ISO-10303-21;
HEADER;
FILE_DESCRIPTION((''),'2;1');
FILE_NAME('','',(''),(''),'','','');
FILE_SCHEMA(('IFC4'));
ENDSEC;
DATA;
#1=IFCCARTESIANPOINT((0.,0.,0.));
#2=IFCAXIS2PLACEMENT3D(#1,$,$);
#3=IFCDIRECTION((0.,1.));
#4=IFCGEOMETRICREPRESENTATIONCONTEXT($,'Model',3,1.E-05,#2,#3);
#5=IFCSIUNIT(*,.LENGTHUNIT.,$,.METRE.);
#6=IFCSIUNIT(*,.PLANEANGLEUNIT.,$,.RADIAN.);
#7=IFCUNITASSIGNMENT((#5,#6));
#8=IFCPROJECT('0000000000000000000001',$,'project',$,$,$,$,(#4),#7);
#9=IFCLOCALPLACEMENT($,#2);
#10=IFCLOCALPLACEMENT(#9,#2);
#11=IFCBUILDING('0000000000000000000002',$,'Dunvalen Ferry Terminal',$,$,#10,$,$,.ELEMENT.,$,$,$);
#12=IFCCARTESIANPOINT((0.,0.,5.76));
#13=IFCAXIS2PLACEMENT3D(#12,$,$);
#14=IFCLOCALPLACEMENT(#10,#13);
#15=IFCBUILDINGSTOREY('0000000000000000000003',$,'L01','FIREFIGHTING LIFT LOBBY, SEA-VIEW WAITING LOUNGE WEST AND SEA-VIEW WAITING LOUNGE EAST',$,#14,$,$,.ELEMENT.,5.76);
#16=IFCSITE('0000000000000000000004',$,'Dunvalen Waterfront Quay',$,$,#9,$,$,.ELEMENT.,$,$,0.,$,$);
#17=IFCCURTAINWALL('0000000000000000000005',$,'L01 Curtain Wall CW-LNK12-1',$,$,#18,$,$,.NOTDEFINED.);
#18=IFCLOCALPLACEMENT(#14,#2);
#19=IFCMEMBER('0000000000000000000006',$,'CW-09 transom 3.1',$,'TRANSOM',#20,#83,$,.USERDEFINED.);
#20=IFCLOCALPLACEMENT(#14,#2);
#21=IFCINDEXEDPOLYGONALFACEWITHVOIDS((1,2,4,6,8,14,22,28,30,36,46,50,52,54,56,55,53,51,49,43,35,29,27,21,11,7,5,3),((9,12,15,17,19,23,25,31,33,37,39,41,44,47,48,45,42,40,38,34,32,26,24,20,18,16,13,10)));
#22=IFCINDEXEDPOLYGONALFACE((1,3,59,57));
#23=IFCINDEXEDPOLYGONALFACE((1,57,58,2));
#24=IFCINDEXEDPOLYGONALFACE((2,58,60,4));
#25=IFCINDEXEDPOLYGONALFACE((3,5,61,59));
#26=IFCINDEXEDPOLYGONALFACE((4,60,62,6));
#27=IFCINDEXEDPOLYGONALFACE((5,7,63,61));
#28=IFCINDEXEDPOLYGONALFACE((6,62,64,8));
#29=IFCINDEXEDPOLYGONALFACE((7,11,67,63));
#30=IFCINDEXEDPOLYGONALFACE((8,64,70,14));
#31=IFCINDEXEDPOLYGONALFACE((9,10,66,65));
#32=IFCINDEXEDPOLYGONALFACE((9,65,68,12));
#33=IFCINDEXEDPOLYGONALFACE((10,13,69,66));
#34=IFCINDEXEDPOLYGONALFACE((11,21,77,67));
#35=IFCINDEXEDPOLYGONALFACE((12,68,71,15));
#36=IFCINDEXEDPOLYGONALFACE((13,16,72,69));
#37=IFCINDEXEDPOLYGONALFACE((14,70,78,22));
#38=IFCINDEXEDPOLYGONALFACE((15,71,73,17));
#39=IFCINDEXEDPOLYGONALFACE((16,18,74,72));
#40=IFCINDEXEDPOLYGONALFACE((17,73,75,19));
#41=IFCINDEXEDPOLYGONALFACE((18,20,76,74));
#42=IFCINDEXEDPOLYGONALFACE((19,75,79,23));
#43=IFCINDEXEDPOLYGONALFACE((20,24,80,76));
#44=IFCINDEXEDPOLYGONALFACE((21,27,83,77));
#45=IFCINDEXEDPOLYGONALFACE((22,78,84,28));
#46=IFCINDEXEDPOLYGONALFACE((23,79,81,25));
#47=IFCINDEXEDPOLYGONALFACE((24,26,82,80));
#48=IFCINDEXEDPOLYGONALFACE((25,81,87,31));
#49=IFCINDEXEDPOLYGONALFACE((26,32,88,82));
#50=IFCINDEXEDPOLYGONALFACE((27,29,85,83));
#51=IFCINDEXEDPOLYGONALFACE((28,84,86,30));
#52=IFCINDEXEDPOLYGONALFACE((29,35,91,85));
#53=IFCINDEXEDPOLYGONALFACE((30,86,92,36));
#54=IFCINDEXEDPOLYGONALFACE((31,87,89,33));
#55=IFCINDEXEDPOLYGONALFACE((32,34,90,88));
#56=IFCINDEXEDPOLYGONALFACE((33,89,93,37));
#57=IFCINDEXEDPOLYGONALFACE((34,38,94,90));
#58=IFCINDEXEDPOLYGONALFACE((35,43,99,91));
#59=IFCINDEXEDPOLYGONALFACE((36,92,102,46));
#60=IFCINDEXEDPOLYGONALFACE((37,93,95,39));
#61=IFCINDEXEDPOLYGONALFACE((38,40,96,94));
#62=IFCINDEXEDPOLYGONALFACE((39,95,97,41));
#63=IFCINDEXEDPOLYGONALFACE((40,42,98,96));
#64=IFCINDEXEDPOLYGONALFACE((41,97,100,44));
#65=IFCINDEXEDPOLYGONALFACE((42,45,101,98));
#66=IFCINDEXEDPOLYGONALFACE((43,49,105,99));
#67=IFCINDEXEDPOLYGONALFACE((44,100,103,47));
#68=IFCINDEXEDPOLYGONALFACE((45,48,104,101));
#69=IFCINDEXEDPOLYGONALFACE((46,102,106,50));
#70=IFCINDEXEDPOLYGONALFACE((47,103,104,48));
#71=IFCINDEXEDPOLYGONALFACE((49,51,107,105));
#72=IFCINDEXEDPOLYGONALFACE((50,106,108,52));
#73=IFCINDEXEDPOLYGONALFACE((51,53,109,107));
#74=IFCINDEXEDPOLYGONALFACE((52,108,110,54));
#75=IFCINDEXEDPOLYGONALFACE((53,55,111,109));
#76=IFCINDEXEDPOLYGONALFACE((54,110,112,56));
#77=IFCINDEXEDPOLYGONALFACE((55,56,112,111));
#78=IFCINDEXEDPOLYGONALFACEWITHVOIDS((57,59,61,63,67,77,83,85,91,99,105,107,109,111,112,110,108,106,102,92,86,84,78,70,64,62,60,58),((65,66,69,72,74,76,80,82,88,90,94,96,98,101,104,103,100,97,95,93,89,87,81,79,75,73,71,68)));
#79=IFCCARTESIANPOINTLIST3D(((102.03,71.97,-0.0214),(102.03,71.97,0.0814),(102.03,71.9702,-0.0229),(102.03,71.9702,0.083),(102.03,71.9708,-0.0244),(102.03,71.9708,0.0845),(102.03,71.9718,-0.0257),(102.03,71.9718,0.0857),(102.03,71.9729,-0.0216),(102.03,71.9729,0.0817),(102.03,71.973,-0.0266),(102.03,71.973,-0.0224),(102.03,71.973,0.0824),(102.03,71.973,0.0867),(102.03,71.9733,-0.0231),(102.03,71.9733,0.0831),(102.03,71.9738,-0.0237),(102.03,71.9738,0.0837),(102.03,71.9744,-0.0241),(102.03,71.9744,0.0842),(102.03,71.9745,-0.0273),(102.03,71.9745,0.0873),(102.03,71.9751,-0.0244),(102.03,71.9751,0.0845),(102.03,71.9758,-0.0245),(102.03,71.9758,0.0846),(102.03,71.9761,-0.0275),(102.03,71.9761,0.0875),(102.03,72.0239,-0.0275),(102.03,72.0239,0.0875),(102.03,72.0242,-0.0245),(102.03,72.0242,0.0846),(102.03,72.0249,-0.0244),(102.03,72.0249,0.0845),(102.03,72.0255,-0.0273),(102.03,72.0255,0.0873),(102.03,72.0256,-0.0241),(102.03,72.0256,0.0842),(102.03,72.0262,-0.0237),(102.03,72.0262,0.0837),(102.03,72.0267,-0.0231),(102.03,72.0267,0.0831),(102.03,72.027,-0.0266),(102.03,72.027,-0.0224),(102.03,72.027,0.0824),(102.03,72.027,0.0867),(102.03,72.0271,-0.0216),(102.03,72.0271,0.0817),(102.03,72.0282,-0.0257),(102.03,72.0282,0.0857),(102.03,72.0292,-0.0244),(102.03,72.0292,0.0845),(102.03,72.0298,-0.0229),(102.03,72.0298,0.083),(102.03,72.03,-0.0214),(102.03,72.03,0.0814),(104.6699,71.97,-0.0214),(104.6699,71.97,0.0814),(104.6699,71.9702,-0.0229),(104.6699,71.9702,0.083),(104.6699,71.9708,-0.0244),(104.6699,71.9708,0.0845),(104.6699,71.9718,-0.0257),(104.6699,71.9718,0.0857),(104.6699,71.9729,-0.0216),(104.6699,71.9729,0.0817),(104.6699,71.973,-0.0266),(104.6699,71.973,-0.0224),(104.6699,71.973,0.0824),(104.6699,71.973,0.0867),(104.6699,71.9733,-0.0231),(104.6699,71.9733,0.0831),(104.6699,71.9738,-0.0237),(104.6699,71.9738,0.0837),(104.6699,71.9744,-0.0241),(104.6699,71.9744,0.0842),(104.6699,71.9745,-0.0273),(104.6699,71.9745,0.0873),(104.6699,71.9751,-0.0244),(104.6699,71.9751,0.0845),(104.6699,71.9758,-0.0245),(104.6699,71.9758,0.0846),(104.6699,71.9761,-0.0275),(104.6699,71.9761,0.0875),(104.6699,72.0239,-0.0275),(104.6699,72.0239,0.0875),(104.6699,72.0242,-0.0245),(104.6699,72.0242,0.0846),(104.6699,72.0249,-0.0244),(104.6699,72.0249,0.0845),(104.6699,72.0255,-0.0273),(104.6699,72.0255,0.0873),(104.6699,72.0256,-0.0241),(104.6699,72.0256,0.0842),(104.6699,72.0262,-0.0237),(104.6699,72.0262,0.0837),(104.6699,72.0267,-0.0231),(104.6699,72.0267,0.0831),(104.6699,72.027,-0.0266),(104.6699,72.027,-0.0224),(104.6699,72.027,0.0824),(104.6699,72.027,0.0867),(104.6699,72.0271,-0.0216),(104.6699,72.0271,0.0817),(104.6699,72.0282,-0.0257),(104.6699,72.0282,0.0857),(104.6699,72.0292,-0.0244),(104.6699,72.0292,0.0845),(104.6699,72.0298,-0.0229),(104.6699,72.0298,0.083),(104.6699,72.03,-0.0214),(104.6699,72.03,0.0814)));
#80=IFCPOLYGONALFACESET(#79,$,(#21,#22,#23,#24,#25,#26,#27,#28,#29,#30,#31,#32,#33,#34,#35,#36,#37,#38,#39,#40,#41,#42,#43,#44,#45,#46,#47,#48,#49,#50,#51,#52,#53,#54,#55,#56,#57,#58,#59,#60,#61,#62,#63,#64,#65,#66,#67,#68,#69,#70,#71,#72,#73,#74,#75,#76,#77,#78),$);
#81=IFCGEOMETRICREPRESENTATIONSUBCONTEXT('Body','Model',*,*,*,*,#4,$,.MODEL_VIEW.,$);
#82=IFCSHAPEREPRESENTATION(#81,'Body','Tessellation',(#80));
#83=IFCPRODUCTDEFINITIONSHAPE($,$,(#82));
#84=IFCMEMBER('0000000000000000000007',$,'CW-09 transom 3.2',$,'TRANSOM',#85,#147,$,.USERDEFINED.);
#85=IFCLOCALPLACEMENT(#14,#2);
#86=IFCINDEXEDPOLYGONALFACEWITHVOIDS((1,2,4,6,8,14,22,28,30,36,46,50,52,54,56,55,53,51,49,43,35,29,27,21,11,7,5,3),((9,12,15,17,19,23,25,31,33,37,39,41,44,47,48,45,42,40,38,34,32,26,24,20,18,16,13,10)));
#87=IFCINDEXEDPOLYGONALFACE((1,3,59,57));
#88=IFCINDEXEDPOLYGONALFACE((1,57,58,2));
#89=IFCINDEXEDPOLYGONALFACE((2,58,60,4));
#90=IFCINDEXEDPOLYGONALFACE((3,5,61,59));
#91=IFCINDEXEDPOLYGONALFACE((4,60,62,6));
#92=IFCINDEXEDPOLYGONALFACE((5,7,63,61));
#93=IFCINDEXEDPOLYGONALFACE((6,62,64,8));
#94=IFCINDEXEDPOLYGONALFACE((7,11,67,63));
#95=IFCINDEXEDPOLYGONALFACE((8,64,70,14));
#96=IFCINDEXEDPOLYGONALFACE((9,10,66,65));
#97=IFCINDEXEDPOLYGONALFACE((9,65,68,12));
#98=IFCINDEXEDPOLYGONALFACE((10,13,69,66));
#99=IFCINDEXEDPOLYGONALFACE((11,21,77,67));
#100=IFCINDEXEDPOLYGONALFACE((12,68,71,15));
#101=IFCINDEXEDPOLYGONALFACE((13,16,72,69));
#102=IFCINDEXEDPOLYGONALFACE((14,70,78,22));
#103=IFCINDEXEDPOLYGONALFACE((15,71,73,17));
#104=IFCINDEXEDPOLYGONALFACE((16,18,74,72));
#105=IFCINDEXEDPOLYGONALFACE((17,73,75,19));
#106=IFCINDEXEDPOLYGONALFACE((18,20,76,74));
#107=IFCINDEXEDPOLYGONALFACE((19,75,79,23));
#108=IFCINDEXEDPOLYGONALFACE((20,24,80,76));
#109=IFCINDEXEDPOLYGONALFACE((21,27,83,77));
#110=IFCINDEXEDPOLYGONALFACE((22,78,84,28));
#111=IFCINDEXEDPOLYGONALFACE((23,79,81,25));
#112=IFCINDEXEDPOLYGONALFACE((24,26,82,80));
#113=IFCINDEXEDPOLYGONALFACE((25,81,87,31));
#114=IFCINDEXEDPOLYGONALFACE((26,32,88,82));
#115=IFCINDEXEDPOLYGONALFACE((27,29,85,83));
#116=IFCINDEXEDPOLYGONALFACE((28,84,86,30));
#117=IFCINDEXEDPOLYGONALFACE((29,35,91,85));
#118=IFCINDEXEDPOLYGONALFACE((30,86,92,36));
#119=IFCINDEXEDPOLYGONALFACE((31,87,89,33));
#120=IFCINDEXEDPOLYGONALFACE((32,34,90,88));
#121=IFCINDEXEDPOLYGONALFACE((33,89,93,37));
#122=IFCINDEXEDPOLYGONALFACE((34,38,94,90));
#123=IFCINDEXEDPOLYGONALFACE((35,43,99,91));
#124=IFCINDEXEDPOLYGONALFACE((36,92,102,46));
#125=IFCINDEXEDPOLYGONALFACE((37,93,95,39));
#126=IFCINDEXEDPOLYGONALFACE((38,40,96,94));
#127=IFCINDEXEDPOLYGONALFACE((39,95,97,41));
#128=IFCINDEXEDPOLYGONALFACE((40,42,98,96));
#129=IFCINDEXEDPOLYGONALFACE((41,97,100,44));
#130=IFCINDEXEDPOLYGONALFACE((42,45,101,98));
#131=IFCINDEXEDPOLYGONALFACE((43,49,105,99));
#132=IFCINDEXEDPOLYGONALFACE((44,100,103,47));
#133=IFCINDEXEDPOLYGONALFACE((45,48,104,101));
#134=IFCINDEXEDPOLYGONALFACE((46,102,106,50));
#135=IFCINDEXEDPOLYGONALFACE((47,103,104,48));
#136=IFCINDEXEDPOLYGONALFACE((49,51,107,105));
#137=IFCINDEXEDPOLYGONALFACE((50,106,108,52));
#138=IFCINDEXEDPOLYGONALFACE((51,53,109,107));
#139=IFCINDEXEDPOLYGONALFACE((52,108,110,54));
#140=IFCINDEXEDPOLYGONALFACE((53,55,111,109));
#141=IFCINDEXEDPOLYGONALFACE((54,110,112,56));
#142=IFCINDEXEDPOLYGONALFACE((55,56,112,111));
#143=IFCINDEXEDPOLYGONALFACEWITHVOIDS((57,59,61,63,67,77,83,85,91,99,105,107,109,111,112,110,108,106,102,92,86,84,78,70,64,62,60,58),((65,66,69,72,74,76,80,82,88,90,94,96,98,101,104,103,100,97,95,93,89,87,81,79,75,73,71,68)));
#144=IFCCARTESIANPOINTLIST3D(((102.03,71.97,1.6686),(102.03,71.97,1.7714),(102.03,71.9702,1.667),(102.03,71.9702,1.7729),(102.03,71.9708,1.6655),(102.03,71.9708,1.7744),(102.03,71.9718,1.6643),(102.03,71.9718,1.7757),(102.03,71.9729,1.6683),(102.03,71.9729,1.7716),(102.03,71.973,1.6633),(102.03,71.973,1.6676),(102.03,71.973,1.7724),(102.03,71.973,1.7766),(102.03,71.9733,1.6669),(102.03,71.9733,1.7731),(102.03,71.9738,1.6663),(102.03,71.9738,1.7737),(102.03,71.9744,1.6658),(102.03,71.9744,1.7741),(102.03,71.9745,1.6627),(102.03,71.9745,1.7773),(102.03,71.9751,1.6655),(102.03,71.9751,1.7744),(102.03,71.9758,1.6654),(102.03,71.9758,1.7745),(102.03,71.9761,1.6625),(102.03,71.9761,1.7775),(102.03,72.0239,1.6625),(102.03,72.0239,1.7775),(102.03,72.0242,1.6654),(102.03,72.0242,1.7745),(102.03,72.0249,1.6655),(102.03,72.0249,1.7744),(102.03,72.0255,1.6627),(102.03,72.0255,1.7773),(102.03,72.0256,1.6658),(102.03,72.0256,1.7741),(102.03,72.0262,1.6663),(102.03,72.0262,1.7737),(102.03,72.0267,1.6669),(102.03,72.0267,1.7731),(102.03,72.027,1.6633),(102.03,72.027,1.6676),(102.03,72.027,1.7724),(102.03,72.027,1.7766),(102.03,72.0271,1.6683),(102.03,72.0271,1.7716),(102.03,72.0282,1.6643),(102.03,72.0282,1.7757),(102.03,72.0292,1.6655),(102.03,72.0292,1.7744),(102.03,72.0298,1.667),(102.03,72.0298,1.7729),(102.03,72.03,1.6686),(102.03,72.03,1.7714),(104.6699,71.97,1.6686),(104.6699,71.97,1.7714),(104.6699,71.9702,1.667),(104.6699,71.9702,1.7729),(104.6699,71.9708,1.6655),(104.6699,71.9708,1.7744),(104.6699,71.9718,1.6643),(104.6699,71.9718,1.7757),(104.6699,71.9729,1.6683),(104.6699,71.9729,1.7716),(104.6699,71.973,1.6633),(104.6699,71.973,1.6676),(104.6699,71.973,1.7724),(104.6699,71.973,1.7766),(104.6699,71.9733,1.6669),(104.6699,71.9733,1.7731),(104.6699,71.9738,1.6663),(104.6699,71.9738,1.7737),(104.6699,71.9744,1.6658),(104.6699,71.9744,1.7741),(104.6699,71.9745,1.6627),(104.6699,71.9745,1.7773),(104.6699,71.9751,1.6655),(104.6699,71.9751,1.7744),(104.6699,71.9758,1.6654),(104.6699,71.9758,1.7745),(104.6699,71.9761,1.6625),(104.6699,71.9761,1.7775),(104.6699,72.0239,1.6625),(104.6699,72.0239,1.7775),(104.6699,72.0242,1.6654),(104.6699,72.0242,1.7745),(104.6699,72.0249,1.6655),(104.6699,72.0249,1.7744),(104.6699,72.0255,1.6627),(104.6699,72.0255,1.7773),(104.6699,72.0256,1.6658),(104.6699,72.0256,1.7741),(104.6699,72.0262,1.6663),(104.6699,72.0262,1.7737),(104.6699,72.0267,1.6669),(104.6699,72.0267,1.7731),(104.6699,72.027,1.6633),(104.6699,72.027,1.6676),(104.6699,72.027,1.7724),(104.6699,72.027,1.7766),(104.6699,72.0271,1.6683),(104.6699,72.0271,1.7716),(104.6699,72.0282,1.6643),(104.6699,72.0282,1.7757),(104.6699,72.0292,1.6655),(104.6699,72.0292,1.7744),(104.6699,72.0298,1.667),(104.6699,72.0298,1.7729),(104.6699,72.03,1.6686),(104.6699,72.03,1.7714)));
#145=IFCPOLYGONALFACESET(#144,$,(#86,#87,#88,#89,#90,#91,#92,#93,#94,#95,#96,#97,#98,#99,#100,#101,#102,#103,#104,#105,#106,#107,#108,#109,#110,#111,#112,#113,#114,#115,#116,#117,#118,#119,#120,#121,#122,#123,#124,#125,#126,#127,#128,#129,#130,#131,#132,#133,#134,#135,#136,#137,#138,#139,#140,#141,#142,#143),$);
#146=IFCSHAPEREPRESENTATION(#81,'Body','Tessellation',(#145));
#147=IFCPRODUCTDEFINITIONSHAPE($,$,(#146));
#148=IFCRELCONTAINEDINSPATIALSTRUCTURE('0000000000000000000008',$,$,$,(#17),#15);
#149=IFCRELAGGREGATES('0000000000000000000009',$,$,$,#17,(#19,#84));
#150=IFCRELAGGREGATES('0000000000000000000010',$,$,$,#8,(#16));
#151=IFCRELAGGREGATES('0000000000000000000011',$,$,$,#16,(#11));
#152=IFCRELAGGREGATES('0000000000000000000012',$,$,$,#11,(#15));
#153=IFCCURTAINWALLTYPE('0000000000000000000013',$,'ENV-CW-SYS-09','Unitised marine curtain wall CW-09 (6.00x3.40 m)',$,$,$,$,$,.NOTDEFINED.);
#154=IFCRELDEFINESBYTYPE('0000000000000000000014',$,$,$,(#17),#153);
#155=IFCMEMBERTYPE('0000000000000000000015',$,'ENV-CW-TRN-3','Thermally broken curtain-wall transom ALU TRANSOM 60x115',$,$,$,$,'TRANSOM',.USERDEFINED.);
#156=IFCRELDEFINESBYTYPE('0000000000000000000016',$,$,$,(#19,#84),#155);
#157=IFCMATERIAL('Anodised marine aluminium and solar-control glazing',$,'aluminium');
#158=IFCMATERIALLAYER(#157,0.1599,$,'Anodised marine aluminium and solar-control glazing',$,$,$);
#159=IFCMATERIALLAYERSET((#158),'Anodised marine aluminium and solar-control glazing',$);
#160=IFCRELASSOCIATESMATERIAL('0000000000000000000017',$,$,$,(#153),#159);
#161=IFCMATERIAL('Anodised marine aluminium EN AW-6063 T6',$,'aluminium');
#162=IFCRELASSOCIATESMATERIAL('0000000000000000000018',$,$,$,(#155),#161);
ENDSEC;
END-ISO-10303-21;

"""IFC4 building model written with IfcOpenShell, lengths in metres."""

from ifc_helpers import new_model, si_unit, direction, frame, origin, origin_2d, place, context, subcontext, project, spatial, hollow_rectangle, extrude, material, layer, layer_set, material_profile, profile_set, type_object, element, aggregate, save


model = new_model("IFC4")

# Units and contexts
model_context = context("Model", 3, precision=1e-05, world=origin(), true_north=direction((0.0, 1.0)))
body_context = subcontext(model_context, "Body", "Model", "MODEL_VIEW")
ifc_project = project(units=[si_unit("LENGTHUNIT", "METRE"), si_unit("PLANEANGLEUNIT", "RADIAN")], contexts=[model_context])

# Site, building, storey
site_placement = place(None, origin())
site = spatial("IfcSite", under=ifc_project, at=site_placement, Name="Dunvalen Waterfront Quay", CompositionType="ELEMENT", RefElevation=0.0)
building_placement = place(site_placement, origin())
building = spatial("IfcBuilding", under=site, at=building_placement, Name="Dunvalen Ferry Terminal", CompositionType="ELEMENT")
storey_placement = place(building_placement, frame((0.0, 0.0, 5.76)))
storey = spatial("IfcBuildingStorey", under=building, at=storey_placement, Name="L01", Description="FIREFIGHTING LIFT LOBBY, SEA-VIEW WAITING LOUNGE WEST AND SEA-VIEW WAITING LOUNGE EAST", CompositionType="ELEMENT", Elevation=5.76)

# Curtain wall
ifc_material_1 = material(Name="Anodised marine aluminium and solar-control glazing", Category="aluminium")
ifc_material_2 = material(Name="Anodised marine aluminium EN AW-6063 T6", Category="aluminium")
ifc_layer_1 = layer(ifc_material_1, 0.1599, Name="Anodised marine aluminium and solar-control glazing")
ifc_layer_set_1 = layer_set([ifc_layer_1], Name="Anodised marine aluminium and solar-control glazing")
curtain_wall_type_1 = type_object("IfcCurtainWallType", Name="ENV-CW-SYS-09", Description="Unitised marine curtain wall CW-09 (6.00x3.40 m)", PredefinedType="NOTDEFINED", material=ifc_layer_set_1)
curtain_wall_1_placement = place(storey_placement, origin())
curtain_wall_1 = element("IfcCurtainWall", 1, at=curtain_wall_1_placement, inside=storey, type_object=curtain_wall_type_1, Name="L01 Curtain Wall CW-LNK12-1", PredefinedType="NOTDEFINED")

# Members
ifc_material_profile_1 = material_profile(ifc_material_2, hollow_rectangle(XDim=0.0601, YDim=0.115, WallThickness=0.0029, InnerFilletRadius=0.0029, OuterFilletRadius=0.0061, at=origin_2d()), Name="Anodised marine aluminium EN AW-6063 T6")
ifc_profile_set_1 = profile_set([ifc_material_profile_1], Name="Anodised marine aluminium EN AW-6063 T6")
member_type_1 = type_object("IfcMemberType", Name="ENV-CW-TRN-3", Description="Thermally broken curtain-wall transom ALU TRANSOM 60x115", ElementType="TRANSOM", PredefinedType="USERDEFINED", material=ifc_profile_set_1)
member_1_placement = place(storey_placement, frame((102.03, 72.0, 0.03), z_axis=(1.0, 0.0, 0.0), x_axis=(0.0, 1.0, 0.0)))
member_1 = element("IfcMember", 2, at=member_1_placement, type_object=member_type_1, Name="CW-09 transom 3.1", ObjectType="TRANSOM", PredefinedType="USERDEFINED", context=body_context, shape_type="SweptSolid", body=[
    extrude(hollow_rectangle(XDim=0.0601, YDim=0.115, WallThickness=0.0029, InnerFilletRadius=0.0029, OuterFilletRadius=0.0061, at=origin_2d()), origin(), (0.0, 0.0, 1.0), 2.6399),
])
member_2_placement = place(storey_placement, frame((102.03, 72.0, 1.72), z_axis=(1.0, 0.0, 0.0), x_axis=(0.0, 1.0, 0.0)))
member_2 = element("IfcMember", 3, at=member_2_placement, type_object=member_type_1, Name="CW-09 transom 3.2", ObjectType="TRANSOM", PredefinedType="USERDEFINED", context=body_context, shape_type="SweptSolid", body=[
    extrude(hollow_rectangle(XDim=0.0601, YDim=0.115, WallThickness=0.0029, InnerFilletRadius=0.0029, OuterFilletRadius=0.0061, at=origin_2d()), origin(), (0.0, 0.0, 1.0), 2.6399),
])

aggregate(curtain_wall_1, [member_1, member_2])

save(model, "model.ifc")
